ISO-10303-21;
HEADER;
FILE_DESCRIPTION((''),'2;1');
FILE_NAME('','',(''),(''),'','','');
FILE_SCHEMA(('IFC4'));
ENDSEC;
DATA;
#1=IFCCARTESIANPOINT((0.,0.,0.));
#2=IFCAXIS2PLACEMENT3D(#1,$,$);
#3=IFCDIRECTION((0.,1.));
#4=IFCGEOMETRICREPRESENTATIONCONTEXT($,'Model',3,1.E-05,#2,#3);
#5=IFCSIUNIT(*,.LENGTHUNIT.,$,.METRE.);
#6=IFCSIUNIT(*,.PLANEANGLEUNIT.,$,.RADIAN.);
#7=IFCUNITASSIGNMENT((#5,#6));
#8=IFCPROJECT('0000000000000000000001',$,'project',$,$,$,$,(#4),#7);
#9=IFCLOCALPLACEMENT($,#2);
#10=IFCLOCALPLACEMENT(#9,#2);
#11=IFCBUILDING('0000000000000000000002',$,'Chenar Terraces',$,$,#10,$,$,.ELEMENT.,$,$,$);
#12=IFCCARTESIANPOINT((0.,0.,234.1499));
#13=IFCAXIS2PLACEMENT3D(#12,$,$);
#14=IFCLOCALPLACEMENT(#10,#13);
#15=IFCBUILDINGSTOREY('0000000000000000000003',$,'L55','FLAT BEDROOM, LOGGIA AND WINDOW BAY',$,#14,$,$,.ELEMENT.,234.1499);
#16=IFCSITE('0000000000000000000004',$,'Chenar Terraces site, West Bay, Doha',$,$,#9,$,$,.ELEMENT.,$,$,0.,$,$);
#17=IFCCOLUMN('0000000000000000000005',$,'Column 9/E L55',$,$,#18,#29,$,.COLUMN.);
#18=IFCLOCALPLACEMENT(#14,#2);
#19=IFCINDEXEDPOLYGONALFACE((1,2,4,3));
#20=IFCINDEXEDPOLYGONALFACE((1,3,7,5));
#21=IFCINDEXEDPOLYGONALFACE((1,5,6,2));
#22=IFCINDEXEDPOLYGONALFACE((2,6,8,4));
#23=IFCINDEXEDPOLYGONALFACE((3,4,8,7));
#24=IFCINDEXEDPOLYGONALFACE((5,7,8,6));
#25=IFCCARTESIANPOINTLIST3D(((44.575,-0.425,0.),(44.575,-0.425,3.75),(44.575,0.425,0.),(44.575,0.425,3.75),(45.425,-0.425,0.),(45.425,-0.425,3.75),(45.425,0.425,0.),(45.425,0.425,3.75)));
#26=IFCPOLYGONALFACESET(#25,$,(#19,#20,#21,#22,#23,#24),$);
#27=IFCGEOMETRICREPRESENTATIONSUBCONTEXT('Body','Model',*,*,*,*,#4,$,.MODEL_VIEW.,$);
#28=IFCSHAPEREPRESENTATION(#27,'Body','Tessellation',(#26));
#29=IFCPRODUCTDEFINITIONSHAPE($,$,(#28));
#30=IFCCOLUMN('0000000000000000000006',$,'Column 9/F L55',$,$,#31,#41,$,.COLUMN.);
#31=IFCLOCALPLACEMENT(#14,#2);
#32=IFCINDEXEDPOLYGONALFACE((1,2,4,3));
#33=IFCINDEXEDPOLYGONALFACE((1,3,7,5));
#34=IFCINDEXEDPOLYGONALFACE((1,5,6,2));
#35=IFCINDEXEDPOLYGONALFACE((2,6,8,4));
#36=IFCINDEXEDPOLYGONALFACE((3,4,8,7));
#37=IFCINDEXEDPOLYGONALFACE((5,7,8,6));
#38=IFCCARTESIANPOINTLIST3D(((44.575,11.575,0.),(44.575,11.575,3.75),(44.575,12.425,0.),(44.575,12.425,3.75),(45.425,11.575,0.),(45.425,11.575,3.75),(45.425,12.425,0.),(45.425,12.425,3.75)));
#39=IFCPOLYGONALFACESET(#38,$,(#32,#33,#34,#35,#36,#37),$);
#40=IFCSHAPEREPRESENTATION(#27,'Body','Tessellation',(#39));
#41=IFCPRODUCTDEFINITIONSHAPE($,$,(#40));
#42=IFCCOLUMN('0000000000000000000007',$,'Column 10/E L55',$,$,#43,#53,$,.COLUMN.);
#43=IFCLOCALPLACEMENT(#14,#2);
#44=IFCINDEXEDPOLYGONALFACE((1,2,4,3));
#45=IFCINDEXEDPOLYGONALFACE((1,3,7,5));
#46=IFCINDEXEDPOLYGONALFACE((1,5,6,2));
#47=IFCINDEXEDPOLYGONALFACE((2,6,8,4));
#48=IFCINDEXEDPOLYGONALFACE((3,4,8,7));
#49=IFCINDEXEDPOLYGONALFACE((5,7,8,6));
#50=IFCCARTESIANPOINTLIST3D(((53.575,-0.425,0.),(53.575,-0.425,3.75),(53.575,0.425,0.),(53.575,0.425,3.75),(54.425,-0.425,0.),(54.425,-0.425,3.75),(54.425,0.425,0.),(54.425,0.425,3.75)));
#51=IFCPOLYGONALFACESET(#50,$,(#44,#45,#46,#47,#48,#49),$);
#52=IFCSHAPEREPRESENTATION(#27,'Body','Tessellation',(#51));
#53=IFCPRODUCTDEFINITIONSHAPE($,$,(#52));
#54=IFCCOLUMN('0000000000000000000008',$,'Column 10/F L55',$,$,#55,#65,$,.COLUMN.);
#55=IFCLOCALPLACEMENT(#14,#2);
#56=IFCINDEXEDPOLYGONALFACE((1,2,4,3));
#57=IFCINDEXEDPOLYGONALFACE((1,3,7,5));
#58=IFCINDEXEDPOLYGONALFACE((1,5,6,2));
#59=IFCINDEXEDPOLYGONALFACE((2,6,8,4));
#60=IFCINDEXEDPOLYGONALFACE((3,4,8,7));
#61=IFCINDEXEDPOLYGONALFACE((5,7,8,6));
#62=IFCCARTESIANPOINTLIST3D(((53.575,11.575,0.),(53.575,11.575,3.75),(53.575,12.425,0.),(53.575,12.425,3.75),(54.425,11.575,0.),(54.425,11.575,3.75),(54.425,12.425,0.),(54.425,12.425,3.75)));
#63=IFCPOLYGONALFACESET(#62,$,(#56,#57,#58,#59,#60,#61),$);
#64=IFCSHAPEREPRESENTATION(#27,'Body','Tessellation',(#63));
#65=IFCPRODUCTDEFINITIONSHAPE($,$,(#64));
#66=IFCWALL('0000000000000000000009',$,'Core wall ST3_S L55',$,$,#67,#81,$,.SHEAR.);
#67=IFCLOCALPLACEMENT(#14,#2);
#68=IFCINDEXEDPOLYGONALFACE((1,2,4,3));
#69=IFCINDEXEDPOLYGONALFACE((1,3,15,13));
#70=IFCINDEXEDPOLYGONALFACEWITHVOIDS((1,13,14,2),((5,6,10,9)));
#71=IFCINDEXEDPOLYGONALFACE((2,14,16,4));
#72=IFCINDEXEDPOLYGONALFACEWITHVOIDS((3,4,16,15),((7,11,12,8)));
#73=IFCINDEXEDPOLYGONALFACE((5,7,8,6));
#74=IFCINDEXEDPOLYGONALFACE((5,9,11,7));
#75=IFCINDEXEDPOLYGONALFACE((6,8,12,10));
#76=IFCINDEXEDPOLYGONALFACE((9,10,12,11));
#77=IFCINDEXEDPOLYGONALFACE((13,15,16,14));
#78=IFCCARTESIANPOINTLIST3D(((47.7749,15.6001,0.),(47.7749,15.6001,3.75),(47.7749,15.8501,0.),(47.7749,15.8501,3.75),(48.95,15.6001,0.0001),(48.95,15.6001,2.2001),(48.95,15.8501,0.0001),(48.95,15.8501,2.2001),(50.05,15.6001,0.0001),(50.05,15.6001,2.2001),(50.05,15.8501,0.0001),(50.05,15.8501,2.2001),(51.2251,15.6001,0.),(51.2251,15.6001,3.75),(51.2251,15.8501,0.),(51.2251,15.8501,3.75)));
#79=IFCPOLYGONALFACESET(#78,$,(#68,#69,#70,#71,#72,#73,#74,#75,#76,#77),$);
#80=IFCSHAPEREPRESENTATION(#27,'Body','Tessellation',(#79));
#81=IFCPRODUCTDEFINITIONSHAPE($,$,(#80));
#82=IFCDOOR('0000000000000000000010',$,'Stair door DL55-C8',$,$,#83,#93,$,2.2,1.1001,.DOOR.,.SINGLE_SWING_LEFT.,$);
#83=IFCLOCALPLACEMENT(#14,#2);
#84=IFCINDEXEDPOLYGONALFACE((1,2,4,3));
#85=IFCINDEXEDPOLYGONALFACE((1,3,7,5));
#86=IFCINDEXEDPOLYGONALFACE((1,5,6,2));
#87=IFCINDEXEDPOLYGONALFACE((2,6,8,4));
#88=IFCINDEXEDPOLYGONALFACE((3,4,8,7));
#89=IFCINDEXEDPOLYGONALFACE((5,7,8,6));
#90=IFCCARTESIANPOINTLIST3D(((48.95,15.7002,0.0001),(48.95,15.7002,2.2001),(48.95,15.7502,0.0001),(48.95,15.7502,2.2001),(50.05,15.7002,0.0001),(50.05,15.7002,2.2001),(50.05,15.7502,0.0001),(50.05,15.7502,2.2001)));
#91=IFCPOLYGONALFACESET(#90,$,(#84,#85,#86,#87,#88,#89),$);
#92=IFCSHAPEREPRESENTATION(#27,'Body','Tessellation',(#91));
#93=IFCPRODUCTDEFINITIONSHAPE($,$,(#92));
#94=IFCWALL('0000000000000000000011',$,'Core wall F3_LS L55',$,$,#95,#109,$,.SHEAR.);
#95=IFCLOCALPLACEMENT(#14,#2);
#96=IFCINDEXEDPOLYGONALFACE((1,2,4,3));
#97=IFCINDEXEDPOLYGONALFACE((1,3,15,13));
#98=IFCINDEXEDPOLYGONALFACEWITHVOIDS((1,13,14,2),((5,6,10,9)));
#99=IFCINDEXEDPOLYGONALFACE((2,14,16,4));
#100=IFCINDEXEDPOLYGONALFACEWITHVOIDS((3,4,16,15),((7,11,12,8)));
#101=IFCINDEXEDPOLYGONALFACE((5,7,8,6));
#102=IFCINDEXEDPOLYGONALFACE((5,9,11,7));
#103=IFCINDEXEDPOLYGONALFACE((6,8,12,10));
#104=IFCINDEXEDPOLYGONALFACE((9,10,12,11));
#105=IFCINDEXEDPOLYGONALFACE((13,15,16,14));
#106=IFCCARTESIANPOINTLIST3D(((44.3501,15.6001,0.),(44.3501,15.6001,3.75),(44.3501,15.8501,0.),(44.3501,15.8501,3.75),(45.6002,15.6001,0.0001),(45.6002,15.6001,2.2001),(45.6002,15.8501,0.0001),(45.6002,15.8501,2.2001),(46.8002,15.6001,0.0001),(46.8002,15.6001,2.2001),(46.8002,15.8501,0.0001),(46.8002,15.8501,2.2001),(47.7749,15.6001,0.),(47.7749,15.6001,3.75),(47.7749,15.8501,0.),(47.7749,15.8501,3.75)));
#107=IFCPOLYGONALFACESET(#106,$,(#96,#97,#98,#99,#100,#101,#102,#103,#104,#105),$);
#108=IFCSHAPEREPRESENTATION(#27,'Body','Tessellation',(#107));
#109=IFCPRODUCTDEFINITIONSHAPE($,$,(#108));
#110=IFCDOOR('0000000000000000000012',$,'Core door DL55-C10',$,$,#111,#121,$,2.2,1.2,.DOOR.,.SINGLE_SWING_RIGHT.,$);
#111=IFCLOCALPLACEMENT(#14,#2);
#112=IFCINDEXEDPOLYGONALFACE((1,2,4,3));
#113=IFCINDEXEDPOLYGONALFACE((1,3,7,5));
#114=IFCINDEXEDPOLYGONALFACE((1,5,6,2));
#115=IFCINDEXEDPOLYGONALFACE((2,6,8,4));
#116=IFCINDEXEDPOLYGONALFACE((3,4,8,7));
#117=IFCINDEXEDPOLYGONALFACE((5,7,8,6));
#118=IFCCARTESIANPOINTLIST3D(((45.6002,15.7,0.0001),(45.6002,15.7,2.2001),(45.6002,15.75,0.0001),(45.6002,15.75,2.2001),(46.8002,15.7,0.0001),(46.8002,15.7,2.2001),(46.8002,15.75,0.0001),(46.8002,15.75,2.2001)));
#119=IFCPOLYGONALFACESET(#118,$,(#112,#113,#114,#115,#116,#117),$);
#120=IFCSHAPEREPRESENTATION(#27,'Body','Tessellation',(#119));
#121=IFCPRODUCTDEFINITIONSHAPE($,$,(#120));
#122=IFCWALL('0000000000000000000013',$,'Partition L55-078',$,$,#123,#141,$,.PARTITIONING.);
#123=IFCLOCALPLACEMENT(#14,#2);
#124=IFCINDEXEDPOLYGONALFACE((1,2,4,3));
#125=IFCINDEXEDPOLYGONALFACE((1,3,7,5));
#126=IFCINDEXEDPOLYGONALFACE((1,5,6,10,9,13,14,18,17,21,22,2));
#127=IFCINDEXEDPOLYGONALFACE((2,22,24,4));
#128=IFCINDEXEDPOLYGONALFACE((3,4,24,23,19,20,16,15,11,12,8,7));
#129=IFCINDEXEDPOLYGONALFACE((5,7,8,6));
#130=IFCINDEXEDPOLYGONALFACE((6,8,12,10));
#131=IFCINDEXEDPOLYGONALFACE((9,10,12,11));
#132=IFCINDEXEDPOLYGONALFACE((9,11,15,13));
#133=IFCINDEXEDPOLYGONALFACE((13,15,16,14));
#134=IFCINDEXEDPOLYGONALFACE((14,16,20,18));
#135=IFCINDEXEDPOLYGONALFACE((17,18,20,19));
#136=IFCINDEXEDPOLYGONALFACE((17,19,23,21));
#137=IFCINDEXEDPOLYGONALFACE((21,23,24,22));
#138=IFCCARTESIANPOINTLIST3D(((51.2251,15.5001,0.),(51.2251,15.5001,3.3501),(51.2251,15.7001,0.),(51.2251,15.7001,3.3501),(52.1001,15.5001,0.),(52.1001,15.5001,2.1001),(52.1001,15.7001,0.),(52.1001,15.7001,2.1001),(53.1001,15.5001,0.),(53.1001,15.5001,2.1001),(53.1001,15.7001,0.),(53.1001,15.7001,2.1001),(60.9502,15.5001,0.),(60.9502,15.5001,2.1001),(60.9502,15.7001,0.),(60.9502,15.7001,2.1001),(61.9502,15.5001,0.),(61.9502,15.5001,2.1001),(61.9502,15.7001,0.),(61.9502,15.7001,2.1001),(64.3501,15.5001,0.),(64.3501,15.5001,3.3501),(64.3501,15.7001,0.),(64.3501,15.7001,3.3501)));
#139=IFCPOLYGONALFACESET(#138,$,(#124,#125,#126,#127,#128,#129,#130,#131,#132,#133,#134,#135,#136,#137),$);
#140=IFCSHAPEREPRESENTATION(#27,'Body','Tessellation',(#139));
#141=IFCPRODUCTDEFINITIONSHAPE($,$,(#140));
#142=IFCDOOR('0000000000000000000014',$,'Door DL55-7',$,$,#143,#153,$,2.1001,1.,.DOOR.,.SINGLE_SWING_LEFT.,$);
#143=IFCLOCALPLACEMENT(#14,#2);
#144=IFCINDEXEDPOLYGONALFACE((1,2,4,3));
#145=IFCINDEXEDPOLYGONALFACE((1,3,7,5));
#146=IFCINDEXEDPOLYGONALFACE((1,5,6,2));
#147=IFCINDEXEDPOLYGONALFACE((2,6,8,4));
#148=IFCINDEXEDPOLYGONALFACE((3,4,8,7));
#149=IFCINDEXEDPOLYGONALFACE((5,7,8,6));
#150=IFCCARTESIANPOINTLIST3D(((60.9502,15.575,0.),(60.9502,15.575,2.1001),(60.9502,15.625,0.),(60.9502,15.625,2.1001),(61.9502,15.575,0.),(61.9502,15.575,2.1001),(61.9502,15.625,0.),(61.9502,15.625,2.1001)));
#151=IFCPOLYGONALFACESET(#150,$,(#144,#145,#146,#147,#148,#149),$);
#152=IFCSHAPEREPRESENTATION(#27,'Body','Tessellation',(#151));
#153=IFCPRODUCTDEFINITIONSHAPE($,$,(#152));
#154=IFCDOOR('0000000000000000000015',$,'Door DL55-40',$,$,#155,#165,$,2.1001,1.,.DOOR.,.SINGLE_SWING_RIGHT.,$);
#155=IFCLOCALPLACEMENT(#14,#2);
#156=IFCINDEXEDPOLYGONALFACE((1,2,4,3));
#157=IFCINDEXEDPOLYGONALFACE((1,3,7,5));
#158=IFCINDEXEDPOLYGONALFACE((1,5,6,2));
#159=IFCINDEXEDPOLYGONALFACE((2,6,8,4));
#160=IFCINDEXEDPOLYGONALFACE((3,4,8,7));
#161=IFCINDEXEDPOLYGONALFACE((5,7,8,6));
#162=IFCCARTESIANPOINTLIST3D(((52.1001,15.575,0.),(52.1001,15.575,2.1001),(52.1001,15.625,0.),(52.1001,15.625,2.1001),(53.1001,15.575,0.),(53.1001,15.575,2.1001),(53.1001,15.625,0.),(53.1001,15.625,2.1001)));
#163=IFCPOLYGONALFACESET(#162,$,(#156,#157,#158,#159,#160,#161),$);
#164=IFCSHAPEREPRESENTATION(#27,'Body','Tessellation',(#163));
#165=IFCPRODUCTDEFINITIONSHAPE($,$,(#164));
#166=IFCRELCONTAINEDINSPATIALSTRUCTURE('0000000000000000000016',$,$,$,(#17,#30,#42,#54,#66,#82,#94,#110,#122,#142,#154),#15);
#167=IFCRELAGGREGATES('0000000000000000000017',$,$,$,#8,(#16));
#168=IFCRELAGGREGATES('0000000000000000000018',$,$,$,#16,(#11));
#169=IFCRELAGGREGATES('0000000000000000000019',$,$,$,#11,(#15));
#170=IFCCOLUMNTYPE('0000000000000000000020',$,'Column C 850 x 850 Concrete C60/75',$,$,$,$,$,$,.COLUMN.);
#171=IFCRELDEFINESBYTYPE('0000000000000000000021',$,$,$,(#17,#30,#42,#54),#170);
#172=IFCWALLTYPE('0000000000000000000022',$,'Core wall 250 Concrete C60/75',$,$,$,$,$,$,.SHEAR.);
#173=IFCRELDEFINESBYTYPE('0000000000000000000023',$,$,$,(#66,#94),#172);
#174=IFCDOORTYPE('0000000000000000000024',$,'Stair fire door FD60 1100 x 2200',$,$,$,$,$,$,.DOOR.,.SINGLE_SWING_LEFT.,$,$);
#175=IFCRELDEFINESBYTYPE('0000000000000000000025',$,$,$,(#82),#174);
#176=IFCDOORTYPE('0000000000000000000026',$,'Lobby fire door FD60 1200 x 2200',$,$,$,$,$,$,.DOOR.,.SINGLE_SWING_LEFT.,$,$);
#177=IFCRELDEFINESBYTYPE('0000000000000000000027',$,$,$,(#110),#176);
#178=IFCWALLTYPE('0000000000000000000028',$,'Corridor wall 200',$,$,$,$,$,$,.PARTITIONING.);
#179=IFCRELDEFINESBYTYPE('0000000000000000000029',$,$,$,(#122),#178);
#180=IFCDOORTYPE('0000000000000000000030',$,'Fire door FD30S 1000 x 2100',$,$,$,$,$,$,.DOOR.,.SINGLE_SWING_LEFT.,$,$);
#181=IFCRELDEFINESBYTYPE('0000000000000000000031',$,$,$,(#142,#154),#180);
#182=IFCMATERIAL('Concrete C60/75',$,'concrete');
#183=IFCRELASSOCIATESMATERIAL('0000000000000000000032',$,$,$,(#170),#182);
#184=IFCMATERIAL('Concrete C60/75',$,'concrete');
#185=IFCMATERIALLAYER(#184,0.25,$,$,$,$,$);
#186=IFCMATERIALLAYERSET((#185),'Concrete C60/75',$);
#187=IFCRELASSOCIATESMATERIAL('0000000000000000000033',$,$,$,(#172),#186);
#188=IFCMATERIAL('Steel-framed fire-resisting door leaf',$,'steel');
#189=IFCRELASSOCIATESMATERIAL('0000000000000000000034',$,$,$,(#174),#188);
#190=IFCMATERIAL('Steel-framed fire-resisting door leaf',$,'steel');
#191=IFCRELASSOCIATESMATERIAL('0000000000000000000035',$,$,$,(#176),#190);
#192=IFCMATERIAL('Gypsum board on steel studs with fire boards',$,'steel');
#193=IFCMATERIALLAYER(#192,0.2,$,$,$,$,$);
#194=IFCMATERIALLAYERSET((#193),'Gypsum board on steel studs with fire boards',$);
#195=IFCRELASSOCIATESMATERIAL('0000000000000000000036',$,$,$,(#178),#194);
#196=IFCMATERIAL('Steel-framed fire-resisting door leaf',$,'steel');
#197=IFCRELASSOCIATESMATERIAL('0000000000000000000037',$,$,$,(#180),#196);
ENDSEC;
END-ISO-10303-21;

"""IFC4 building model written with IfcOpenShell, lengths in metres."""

from ifc_helpers import new_model, si_unit, direction, frame, frame_2d, origin, origin_2d, place, context, subcontext, project, spatial, rectangle, extrude, material, layer, layer_set, material_profile, profile_set, type_object, element, fill, save


model = new_model("IFC4")

# Units and contexts
model_context = context("Model", 3, precision=1e-05, world=origin(), true_north=direction((0.0, 1.0)))
body_context = subcontext(model_context, "Body", "Model", "MODEL_VIEW")
ifc_project = project(units=[si_unit("LENGTHUNIT", "METRE"), si_unit("PLANEANGLEUNIT", "RADIAN")], contexts=[model_context])

# Site, building, storey
site_placement = place(None, origin())
site = spatial("IfcSite", under=ifc_project, at=site_placement, Name="Chenar Terraces site, West Bay, Doha", CompositionType="ELEMENT", RefElevation=0.0)
building_placement = place(site_placement, origin())
building = spatial("IfcBuilding", under=site, at=building_placement, Name="Chenar Terraces", CompositionType="ELEMENT")
storey_placement = place(building_placement, frame((0.0, 0.0, 234.1499)))
storey = spatial("IfcBuildingStorey", under=building, at=storey_placement, Name="L55", Description="FLAT BEDROOM, LOGGIA AND WINDOW BAY", CompositionType="ELEMENT", Elevation=234.1499)

# Columns
ifc_material_1 = material(Name="Concrete C60/75", Category="concrete")
ifc_material_profile_1 = material_profile(ifc_material_1, rectangle(XDim=0.8501, YDim=0.8501, at=origin_2d()), Name="C 850 x 850")
ifc_profile_set_1 = profile_set([ifc_material_profile_1], Name="Concrete C60/75")
column_type = type_object("IfcColumnType", Name="Column C 850 x 850 Concrete C60/75", PredefinedType="COLUMN", material=ifc_profile_set_1)
for number, where, z_axis, x_axis, name in (
    (1, (45.0, 0.0, 0.0), (0.0, 0.0, 1.0), (1.0, 0.0, 0.0), "Column 9/E L55"),
    (2, (45.0, 12.0, 0.0), (0.0, 0.0, 1.0), (1.0, 0.0, 0.0), "Column 9/F L55"),
    (3, (54.0, 0.0, 0.0), (0.0, 0.0, 1.0), (1.0, 0.0, 0.0), "Column 10/E L55"),
    (4, (54.0, 12.0, 0.0), (0.0, 0.0, 1.0), (1.0, 0.0, 0.0), "Column 10/F L55"),
):
    element("IfcColumn", number, at=place(storey_placement, frame(where, z_axis=z_axis, x_axis=x_axis)), inside=storey, type_object=column_type, Name=name, PredefinedType="COLUMN", context=body_context, shape_type="SweptSolid", body=[
        extrude(rectangle(XDim=0.8501, YDim=0.8501, at=origin_2d()), origin(), (0.0, 0.0, 1.0), 3.75),
    ])

# Walls, openings, doors
ifc_material_2 = material(Name="Concrete C60/75", Category="concrete")
ifc_layer_1 = layer(ifc_material_2, 0.25)
ifc_layer_set_1 = layer_set([ifc_layer_1], Name="Concrete C60/75")
wall_type_1 = type_object("IfcWallType", Name="Core wall 250 Concrete C60/75", PredefinedType="SHEAR", material=ifc_layer_set_1)
wall_1_placement = place(storey_placement, frame((47.7749, 15.7251, 0.0), z_axis=(0.0, 0.0, 1.0), x_axis=(1.0, 0.0, 0.0)))
wall_1 = element("IfcWall", 5, at=wall_1_placement, inside=storey, type_object=wall_type_1, Name="Core wall ST3_S L55", PredefinedType="SHEAR", context=body_context, shape_type="SweptSolid", body=[
    extrude(rectangle(XDim=3.4502, YDim=0.25, at=frame_2d((1.7251, 0.0))), origin(), (0.0, 0.0, 1.0), 3.75),
])
opening_1_placement = place(wall_1_placement, frame((1.175, 0.0, 0.0)))
opening_1 = element("IfcOpeningElement", 6, at=opening_1_placement, cuts=wall_1, PredefinedType="OPENING", context=body_context, shape_type="SweptSolid", body=[
    extrude(rectangle(XDim=1.1001, YDim=2.2, at=frame_2d((0.55, 1.1001))), frame((0.0, 0.135, 0.0), z_axis=(0.0, -1.0, 0.0), x_axis=(1.0, 0.0, 0.0)), (0.0, 0.0, 1.0), 0.27),
])
ifc_material_3 = material(Name="Steel-framed fire-resisting door leaf", Category="steel")
door_type_1 = type_object("IfcDoorType", Name="Stair fire door FD60 1100 x 2200", OperationType="SINGLE_SWING_LEFT", PredefinedType="DOOR", material=ifc_material_3)
door_1_placement = place(opening_1_placement, frame((1.1001, 0.0, 0.0), z_axis=(0.0, 0.0, 1.0), x_axis=(-1.0, 0.0, 0.0)))
door_1 = element("IfcDoor", 7, at=door_1_placement, inside=storey, type_object=door_type_1, Name="Stair door DL55-C8", OperationType="SINGLE_SWING_LEFT", OverallHeight=2.2, OverallWidth=1.1001, PredefinedType="DOOR", context=body_context, shape_type="SweptSolid", body=[
    extrude(rectangle(XDim=1.1001, YDim=2.2, at=frame_2d((0.55, 1.1001))), frame((0.0, 0.0249, 0.0), z_axis=(0.0, -1.0, 0.0), x_axis=(1.0, 0.0, 0.0)), (0.0, 0.0, 1.0), 0.05),
])
fill(opening_1, door_1)
wall_2_placement = place(storey_placement, frame((44.3501, 15.7251, 0.0), z_axis=(0.0, 0.0, 1.0), x_axis=(1.0, 0.0, 0.0)))
wall_2 = element("IfcWall", 8, at=wall_2_placement, inside=storey, type_object=wall_type_1, Name="Core wall F3_LS L55", PredefinedType="SHEAR", context=body_context, shape_type="SweptSolid", body=[
    extrude(rectangle(XDim=3.4248, YDim=0.25, at=frame_2d((1.7124, 0.0))), origin(), (0.0, 0.0, 1.0), 3.75),
])
opening_2_placement = place(wall_2_placement, frame((1.25, 0.0, 0.0)))
opening_2 = element("IfcOpeningElement", 9, at=opening_2_placement, cuts=wall_2, PredefinedType="OPENING", context=body_context, shape_type="SweptSolid", body=[
    extrude(rectangle(XDim=1.2, YDim=2.2, at=frame_2d((0.6001, 1.1001))), frame((0.0, 0.135, 0.0), z_axis=(0.0, -1.0, 0.0), x_axis=(1.0, 0.0, 0.0)), (0.0, 0.0, 1.0), 0.27),
])
ifc_material_4 = material(Name="Steel-framed fire-resisting door leaf", Category="steel")
door_type_2 = type_object("IfcDoorType", Name="Lobby fire door FD60 1200 x 2200", OperationType="SINGLE_SWING_LEFT", PredefinedType="DOOR", material=ifc_material_4)
door_2_placement = place(opening_2_placement, origin())
door_2 = element("IfcDoor", 10, at=door_2_placement, inside=storey, type_object=door_type_2, Name="Core door DL55-C10", OperationType="SINGLE_SWING_RIGHT", OverallHeight=2.2, OverallWidth=1.2, PredefinedType="DOOR", context=body_context, shape_type="SweptSolid", body=[
    extrude(rectangle(XDim=1.2, YDim=2.2, at=frame_2d((0.6001, 1.1001))), frame((0.0, 0.0249, 0.0), z_axis=(0.0, -1.0, 0.0), x_axis=(1.0, 0.0, 0.0)), (0.0, 0.0, 1.0), 0.05),
])
fill(opening_2, door_2)

# Wall, openings, doors
ifc_material_5 = material(Name="Gypsum board on steel studs with fire boards", Category="steel")
ifc_layer_2 = layer(ifc_material_5, 0.2)
ifc_layer_set_2 = layer_set([ifc_layer_2], Name="Gypsum board on steel studs with fire boards")
wall_type_2 = type_object("IfcWallType", Name="Corridor wall 200", PredefinedType="PARTITIONING", material=ifc_layer_set_2)
wall_3_placement = place(storey_placement, frame((51.2251, 15.6001, 0.0), z_axis=(0.0, 0.0, 1.0), x_axis=(1.0, 0.0, 0.0)))
wall_3 = element("IfcWall", 11, at=wall_3_placement, inside=storey, type_object=wall_type_2, Name="Partition L55-078", PredefinedType="PARTITIONING", context=body_context, shape_type="SweptSolid", body=[
    extrude(rectangle(XDim=13.125, YDim=0.2, at=frame_2d((6.5625, 0.0))), origin(), (0.0, 0.0, 1.0), 3.3501),
])
opening_3_placement = place(wall_3_placement, frame((9.7251, 0.0, 0.0)))
opening_3 = element("IfcOpeningElement", 12, at=opening_3_placement, cuts=wall_3, PredefinedType="OPENING", context=body_context, shape_type="SweptSolid", body=[
    extrude(rectangle(XDim=1.0, YDim=2.1001, at=frame_2d((0.5, 1.05))), frame((0.0, 0.1099, 0.0), z_axis=(0.0, -1.0, 0.0), x_axis=(1.0, 0.0, 0.0)), (0.0, 0.0, 1.0), 0.22),
])
opening_4_placement = place(wall_3_placement, frame((0.875, 0.0, 0.0)))
opening_4 = element("IfcOpeningElement", 13, at=opening_4_placement, cuts=wall_3, PredefinedType="OPENING", context=body_context, shape_type="SweptSolid", body=[
    extrude(rectangle(XDim=1.0, YDim=2.1001, at=frame_2d((0.5, 1.05))), frame((0.0, 0.1099, 0.0), z_axis=(0.0, -1.0, 0.0), x_axis=(1.0, 0.0, 0.0)), (0.0, 0.0, 1.0), 0.22),
])
ifc_material_6 = material(Name="Steel-framed fire-resisting door leaf", Category="steel")
door_type_3 = type_object("IfcDoorType", Name="Fire door FD30S 1000 x 2100", OperationType="SINGLE_SWING_LEFT", PredefinedType="DOOR", material=ifc_material_6)
door_3_placement = place(opening_3_placement, origin())
door_3 = element("IfcDoor", 14, at=door_3_placement, inside=storey, type_object=door_type_3, Name="Door DL55-7", OperationType="SINGLE_SWING_LEFT", OverallHeight=2.1001, OverallWidth=1.0, PredefinedType="DOOR", context=body_context, shape_type="SweptSolid", body=[
    extrude(rectangle(XDim=1.0, YDim=2.1001, at=frame_2d((0.5, 1.05))), frame((0.0, 0.0249, 0.0), z_axis=(0.0, -1.0, 0.0), x_axis=(1.0, 0.0, 0.0)), (0.0, 0.0, 1.0), 0.05),
])
fill(opening_3, door_3)
door_4_placement = place(opening_4_placement, origin())
door_4 = element("IfcDoor", 15, at=door_4_placement, inside=storey, type_object=door_type_3, Name="Door DL55-40", OperationType="SINGLE_SWING_RIGHT", OverallHeight=2.1001, OverallWidth=1.0, PredefinedType="DOOR", context=body_context, shape_type="SweptSolid", body=[
    extrude(rectangle(XDim=1.0, YDim=2.1001, at=frame_2d((0.5, 1.05))), frame((0.0, 0.0249, 0.0), z_axis=(0.0, -1.0, 0.0), x_axis=(1.0, 0.0, 0.0)), (0.0, 0.0, 1.0), 0.05),
])
fill(opening_4, door_4)

save(model, "model.ifc")
